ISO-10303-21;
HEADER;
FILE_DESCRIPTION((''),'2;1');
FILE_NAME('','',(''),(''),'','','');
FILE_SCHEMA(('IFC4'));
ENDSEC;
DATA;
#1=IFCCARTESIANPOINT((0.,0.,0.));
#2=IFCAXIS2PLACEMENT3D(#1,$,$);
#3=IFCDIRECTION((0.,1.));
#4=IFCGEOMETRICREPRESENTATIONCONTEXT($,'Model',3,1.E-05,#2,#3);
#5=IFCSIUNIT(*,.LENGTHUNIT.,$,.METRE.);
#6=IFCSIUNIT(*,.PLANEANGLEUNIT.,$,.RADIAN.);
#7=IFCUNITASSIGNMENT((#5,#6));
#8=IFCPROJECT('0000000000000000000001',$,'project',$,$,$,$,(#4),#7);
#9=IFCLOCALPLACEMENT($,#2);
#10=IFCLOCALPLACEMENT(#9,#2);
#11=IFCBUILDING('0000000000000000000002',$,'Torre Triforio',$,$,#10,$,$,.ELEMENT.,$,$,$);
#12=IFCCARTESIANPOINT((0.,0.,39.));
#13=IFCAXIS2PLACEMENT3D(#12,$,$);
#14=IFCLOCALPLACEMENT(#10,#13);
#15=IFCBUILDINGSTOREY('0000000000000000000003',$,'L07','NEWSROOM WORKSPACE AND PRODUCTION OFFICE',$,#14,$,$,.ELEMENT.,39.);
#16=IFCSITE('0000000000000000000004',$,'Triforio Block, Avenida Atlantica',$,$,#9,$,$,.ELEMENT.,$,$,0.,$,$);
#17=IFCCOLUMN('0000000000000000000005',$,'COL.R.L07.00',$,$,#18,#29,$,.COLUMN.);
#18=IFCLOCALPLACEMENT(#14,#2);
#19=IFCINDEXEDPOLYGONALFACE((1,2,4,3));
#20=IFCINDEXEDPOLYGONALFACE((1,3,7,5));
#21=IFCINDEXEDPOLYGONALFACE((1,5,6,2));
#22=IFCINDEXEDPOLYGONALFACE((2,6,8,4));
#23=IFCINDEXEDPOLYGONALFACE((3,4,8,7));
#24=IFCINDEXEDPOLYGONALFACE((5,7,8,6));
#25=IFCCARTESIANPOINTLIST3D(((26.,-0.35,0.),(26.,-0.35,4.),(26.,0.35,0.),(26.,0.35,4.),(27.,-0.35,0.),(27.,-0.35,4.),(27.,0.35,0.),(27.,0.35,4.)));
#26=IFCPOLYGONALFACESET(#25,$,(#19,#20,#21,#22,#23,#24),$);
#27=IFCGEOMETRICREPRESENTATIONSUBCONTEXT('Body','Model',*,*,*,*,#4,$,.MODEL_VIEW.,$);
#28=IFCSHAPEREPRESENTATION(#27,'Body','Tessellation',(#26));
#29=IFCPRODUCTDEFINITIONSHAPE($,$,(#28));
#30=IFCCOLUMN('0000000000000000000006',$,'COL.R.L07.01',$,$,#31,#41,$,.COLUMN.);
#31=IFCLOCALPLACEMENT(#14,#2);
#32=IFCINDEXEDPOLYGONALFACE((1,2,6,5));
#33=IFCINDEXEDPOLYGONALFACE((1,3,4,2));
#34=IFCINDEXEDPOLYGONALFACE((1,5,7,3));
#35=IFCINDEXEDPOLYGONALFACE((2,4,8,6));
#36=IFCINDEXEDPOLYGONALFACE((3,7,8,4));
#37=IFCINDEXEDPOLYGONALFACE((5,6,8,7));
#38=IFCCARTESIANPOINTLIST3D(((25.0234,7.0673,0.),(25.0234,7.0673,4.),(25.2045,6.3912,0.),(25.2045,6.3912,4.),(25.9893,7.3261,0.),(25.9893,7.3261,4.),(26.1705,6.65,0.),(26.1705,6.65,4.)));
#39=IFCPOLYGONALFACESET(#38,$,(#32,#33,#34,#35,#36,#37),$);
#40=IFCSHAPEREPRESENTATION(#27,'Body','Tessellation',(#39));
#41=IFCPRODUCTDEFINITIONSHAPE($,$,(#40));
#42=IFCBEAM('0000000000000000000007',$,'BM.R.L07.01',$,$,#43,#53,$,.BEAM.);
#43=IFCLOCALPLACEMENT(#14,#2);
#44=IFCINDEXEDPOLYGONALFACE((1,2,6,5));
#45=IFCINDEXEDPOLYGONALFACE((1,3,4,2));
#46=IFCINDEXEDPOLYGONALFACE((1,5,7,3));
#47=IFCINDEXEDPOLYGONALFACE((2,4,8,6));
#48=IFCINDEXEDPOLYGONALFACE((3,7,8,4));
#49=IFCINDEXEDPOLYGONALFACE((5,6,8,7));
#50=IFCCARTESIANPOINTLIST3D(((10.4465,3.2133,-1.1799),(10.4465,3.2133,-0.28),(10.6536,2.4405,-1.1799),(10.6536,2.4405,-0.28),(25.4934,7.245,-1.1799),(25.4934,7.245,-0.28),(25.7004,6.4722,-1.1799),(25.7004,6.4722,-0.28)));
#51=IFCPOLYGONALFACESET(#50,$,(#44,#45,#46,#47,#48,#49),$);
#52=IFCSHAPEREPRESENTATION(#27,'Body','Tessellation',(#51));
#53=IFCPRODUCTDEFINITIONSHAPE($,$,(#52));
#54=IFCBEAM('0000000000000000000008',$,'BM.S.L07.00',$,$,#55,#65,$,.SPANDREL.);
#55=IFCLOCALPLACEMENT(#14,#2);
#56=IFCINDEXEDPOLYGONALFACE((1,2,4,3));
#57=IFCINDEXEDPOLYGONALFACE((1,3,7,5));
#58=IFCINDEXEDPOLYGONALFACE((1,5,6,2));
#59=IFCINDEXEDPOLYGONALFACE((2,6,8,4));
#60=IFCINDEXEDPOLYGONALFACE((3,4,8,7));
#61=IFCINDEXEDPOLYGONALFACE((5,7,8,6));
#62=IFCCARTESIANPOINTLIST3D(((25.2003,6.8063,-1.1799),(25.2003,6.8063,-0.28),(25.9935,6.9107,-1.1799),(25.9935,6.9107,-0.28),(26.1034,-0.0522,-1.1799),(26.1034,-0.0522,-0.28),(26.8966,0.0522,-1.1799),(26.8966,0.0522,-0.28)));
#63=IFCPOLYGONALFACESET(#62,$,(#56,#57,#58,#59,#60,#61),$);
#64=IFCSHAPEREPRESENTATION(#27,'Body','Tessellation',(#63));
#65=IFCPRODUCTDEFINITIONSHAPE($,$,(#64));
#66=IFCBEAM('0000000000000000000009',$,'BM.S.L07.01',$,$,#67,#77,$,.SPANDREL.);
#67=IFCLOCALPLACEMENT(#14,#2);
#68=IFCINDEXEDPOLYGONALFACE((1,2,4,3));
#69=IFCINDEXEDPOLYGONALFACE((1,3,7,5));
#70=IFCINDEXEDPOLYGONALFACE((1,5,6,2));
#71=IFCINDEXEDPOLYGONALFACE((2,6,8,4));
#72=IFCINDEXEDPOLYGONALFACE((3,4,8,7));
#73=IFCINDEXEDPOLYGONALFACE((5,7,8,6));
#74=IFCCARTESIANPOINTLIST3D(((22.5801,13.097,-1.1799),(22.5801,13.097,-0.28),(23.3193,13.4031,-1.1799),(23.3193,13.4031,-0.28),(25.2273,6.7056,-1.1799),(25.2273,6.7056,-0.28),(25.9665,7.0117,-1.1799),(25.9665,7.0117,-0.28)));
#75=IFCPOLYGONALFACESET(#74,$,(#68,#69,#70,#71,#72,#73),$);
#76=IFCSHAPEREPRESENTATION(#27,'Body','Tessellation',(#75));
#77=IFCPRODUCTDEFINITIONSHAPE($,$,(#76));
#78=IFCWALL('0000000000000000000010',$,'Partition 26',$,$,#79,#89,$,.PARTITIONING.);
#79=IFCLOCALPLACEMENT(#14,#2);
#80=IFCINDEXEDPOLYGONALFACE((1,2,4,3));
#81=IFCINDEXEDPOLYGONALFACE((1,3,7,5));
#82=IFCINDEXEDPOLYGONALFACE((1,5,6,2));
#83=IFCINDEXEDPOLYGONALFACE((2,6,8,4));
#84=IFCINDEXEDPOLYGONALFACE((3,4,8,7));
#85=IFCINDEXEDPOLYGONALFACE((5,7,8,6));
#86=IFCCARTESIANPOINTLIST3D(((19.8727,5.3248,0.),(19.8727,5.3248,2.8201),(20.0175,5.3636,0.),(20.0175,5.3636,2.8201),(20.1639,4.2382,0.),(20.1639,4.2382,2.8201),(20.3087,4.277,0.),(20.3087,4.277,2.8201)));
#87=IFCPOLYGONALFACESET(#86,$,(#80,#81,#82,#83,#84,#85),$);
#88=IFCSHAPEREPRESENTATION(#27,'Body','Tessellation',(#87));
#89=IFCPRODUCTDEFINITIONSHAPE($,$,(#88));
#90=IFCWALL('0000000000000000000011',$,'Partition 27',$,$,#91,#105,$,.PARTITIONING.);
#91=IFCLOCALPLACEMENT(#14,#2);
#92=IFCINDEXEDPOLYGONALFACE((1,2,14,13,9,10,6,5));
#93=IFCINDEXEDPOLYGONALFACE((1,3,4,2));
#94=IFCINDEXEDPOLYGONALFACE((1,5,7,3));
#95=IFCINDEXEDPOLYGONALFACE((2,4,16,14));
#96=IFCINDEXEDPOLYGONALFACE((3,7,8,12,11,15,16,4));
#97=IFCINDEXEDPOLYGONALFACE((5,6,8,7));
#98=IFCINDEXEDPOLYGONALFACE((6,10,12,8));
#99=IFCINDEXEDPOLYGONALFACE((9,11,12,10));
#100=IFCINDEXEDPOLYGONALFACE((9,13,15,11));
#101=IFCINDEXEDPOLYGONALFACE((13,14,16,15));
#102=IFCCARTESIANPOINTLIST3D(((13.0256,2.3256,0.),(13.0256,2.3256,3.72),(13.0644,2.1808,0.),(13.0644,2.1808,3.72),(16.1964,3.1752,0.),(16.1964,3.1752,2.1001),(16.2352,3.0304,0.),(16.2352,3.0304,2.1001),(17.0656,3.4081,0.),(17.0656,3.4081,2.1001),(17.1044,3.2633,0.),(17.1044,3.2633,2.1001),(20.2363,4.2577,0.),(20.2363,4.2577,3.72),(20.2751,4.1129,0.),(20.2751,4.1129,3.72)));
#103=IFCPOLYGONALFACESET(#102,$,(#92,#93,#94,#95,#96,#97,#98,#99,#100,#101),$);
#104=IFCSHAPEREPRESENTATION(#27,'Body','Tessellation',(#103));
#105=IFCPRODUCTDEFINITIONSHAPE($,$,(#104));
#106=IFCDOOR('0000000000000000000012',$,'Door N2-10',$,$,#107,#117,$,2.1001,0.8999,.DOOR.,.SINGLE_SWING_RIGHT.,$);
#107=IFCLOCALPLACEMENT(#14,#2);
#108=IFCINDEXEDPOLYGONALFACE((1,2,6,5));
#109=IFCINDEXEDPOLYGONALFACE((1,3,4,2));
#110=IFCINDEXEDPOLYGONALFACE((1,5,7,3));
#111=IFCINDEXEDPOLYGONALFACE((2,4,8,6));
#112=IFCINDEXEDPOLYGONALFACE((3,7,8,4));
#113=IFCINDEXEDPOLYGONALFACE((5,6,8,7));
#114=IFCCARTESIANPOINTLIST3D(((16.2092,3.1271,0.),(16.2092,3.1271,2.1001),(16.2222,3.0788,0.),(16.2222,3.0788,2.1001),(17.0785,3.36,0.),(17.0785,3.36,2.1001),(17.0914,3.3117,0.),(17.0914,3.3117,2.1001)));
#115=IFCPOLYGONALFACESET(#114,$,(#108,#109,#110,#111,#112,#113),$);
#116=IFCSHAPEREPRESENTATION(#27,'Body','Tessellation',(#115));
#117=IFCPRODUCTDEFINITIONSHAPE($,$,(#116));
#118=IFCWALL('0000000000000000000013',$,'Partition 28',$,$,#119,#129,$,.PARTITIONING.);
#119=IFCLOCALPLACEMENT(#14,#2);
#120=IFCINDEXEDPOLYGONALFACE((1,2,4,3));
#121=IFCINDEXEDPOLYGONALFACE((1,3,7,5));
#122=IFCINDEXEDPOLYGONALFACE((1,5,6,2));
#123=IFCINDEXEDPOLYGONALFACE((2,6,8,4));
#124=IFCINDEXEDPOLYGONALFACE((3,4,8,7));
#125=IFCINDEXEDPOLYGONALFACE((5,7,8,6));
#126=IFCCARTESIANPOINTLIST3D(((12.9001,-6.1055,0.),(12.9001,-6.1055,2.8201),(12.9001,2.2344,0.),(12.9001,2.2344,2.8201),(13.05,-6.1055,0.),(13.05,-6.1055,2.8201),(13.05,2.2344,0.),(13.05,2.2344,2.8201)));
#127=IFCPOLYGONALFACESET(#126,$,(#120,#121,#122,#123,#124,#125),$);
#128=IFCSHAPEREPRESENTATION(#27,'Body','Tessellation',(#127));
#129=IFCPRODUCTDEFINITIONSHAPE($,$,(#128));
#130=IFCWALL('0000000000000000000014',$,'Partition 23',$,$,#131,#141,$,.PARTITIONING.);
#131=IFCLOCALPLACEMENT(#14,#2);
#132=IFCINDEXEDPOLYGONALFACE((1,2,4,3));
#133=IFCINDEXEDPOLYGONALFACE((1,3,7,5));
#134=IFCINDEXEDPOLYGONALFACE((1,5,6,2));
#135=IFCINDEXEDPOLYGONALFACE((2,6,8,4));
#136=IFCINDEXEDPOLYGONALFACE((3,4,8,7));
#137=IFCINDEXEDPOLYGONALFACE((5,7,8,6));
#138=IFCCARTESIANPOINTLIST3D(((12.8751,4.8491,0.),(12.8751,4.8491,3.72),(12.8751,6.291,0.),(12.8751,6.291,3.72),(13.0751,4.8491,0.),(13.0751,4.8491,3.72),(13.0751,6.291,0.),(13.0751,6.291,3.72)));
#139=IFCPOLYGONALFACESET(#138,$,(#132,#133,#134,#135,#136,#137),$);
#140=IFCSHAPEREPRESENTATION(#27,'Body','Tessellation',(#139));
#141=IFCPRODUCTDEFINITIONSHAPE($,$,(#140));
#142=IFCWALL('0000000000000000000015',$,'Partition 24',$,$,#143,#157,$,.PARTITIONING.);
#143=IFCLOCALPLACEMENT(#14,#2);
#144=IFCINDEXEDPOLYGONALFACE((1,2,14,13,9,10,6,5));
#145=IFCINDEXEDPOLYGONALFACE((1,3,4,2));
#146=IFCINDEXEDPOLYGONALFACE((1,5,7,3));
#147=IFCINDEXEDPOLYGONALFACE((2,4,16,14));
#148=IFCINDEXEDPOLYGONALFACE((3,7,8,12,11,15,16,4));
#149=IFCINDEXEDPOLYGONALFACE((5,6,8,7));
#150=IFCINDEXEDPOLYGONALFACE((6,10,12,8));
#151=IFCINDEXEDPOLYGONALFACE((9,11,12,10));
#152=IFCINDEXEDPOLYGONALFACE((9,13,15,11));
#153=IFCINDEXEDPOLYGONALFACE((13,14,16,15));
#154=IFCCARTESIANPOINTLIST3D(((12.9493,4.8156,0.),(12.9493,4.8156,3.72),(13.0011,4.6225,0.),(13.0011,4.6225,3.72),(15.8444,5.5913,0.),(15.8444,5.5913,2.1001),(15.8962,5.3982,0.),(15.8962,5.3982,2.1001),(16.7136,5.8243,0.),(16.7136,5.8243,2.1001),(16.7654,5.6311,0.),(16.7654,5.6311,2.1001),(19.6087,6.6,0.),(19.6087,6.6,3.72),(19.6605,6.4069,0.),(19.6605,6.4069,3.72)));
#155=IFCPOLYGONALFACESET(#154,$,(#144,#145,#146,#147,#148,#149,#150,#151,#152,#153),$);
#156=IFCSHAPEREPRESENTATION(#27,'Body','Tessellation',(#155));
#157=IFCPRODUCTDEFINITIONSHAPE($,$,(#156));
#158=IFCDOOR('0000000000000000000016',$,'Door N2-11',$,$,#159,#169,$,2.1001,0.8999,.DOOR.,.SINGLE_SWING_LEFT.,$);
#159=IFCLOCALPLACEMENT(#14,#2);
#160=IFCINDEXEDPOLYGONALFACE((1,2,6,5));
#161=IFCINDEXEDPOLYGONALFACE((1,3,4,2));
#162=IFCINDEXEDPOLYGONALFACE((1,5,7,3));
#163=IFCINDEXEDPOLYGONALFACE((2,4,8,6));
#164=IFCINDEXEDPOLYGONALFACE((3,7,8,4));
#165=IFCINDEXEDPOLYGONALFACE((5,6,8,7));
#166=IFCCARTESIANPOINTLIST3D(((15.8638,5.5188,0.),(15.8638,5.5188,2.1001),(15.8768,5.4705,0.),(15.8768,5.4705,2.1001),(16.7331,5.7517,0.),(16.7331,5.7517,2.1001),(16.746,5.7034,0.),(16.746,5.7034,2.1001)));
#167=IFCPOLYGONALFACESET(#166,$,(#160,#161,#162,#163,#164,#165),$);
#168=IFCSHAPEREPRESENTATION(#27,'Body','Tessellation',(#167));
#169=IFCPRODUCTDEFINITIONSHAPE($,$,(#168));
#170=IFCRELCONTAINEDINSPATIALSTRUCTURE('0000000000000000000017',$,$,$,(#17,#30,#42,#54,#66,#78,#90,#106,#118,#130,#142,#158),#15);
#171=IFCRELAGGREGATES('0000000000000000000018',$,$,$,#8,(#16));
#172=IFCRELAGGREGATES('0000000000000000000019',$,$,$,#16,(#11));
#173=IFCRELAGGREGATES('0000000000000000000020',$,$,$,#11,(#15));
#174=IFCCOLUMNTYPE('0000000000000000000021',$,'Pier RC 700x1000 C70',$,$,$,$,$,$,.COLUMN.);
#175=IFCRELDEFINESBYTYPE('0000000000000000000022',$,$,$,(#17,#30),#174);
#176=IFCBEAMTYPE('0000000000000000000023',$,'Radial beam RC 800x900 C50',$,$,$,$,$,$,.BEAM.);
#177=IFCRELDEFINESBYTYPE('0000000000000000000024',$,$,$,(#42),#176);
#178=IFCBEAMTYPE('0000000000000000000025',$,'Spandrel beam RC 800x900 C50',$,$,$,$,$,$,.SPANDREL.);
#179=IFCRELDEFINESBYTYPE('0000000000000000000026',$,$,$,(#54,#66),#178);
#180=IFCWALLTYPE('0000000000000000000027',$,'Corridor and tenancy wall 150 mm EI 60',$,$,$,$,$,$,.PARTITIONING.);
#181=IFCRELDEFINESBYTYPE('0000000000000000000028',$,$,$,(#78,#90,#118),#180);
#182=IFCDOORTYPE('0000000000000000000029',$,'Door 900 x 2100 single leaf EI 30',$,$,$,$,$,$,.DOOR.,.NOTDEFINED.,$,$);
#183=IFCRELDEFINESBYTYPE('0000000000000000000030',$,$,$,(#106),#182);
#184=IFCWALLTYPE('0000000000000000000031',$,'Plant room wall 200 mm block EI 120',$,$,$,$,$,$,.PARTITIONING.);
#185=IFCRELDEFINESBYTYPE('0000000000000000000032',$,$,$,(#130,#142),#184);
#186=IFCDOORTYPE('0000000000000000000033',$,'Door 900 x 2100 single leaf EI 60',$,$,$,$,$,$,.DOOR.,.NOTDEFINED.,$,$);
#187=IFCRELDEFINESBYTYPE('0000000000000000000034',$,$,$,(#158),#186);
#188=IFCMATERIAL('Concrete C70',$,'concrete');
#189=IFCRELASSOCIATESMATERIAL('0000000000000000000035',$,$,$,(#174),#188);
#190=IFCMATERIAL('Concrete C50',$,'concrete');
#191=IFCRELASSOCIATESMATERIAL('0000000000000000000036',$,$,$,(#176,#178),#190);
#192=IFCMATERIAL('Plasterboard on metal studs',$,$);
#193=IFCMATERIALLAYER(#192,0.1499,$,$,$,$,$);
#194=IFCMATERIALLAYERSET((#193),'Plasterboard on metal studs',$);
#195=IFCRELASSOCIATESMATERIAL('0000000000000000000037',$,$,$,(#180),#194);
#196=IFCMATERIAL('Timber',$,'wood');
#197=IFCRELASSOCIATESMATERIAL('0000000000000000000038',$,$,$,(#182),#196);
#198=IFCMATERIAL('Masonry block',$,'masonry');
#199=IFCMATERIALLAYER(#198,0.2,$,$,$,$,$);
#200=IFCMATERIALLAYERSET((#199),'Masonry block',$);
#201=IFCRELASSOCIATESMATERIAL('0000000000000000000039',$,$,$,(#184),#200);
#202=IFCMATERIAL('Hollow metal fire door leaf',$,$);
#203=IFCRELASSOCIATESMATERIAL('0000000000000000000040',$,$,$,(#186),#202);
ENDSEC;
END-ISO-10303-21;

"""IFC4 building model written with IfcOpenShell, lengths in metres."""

from ifc_helpers import new_model, si_unit, direction, frame, frame_2d, origin, origin_2d, place, context, subcontext, project, spatial, rectangle, extrude, material, layer, layer_set, material_profile, profile_set, type_object, element, fill, save


model = new_model("IFC4")

# Units and contexts
model_context = context("Model", 3, precision=1e-05, world=origin(), true_north=direction((0.0, 1.0)))
body_context = subcontext(model_context, "Body", "Model", "MODEL_VIEW")
ifc_project = project(units=[si_unit("LENGTHUNIT", "METRE"), si_unit("PLANEANGLEUNIT", "RADIAN")], contexts=[model_context])

# Site, building, storey
site_placement = place(None, origin())
site = spatial("IfcSite", under=ifc_project, at=site_placement, Name="Triforio Block, Avenida Atlantica", CompositionType="ELEMENT", RefElevation=0.0)
building_placement = place(site_placement, origin())
building = spatial("IfcBuilding", under=site, at=building_placement, Name="Torre Triforio", CompositionType="ELEMENT")
storey_placement = place(building_placement, frame((0.0, 0.0, 39.0)))
storey = spatial("IfcBuildingStorey", under=building, at=storey_placement, Name="L07", Description="NEWSROOM WORKSPACE AND PRODUCTION OFFICE", CompositionType="ELEMENT", Elevation=39.0)

# Columns
ifc_material_1 = material(Name="Concrete C70", Category="concrete")
ifc_material_profile_1 = material_profile(ifc_material_1, rectangle(XDim=0.7, YDim=1.0, at=origin_2d()), Name="RC 700x1000")
ifc_profile_set_1 = profile_set([ifc_material_profile_1], Name="Concrete C70")
column_type = type_object("IfcColumnType", Name="Pier RC 700x1000 C70", PredefinedType="COLUMN", material=ifc_profile_set_1)
for number, where, z_axis, x_axis, name in (
    (1, (26.5, 0.0, 0.0), (0.0, 0.0, 1.0), (0.0, 1.0, 0.0), "COL.R.L07.00"),
    (2, (25.5969, 6.8586, 0.0), (0.0, 0.0, 1.0), (-0.258819, 0.965926, 0.0), "COL.R.L07.01"),
):
    element("IfcColumn", number, at=place(storey_placement, frame(where, z_axis=z_axis, x_axis=x_axis)), inside=storey, type_object=column_type, Name=name, PredefinedType="COLUMN", context=body_context, shape_type="SweptSolid", body=[
        extrude(rectangle(XDim=0.7, YDim=1.0, at=origin_2d()), origin(), (0.0, 0.0, 1.0), 4.0),
    ])

# Beams
ifc_material_2 = material(Name="Concrete C50", Category="concrete")
ifc_material_profile_2 = material_profile(ifc_material_2, rectangle(XDim=0.8, YDim=0.8999, at=origin_2d()), Name="RC 800x900")
ifc_profile_set_2 = profile_set([ifc_material_profile_2], Name="Concrete C50")
beam_type_1 = type_object("IfcBeamType", Name="Radial beam RC 800x900 C50", PredefinedType="BEAM", material=ifc_profile_set_2)
beam_1_placement = place(storey_placement, frame((10.55, 2.8269, -0.73), z_axis=(0.965927, 0.258815, 0.0), x_axis=(-0.258815, 0.965927, 0.0)))
element("IfcBeam", 3, at=beam_1_placement, inside=storey, type_object=beam_type_1, Name="BM.R.L07.01", PredefinedType="BEAM", context=body_context, shape_type="SweptSolid", body=[
    extrude(rectangle(XDim=0.8, YDim=0.8999, at=origin_2d()), origin(), (0.0, 0.0, 1.0), 15.5776),
])
ifc_material_profile_3 = material_profile(ifc_material_2, rectangle(XDim=0.8, YDim=0.8999, at=origin_2d()), Name="RC 800x900")
ifc_profile_set_3 = profile_set([ifc_material_profile_3], Name="Concrete C50")
beam_type_2 = type_object("IfcBeamType", Name="Spandrel beam RC 800x900 C50", PredefinedType="SPANDREL", material=ifc_profile_set_3)
beam_2_placement = place(storey_placement, frame((26.5, 0.0, -0.73), z_axis=(-0.130543, 0.991443, 0.0), x_axis=(-0.991443, -0.130543, 0.0)))
element("IfcBeam", 4, at=beam_2_placement, inside=storey, type_object=beam_type_2, Name="BM.S.L07.00", PredefinedType="SPANDREL", context=body_context, shape_type="SweptSolid", body=[
    extrude(rectangle(XDim=0.8, YDim=0.8999, at=origin_2d()), origin(), (0.0, 0.0, 1.0), 6.9177),
])
beam_3_placement = place(storey_placement, frame((25.5969, 6.8586, -0.73), z_axis=(-0.382662, 0.923888, 0.0), x_axis=(-0.923888, -0.382662, 0.0)))
element("IfcBeam", 5, at=beam_3_placement, inside=storey, type_object=beam_type_2, Name="BM.S.L07.01", PredefinedType="SPANDREL", context=body_context, shape_type="SweptSolid", body=[
    extrude(rectangle(XDim=0.8, YDim=0.8999, at=origin_2d()), origin(), (0.0, 0.0, 1.0), 6.918),
])

# Wall
ifc_material_3 = material(Name="Plasterboard on metal studs")
ifc_layer_1 = layer(ifc_material_3, 0.1499)
ifc_layer_set_1 = layer_set([ifc_layer_1], Name="Plasterboard on metal studs")
wall_type_1 = type_object("IfcWallType", Name="Corridor and tenancy wall 150 mm EI 60", PredefinedType="PARTITIONING", material=ifc_layer_set_1)
wall_1_placement = place(storey_placement, frame((19.9451, 5.3442, 0.0), z_axis=(0.0, 0.0, 1.0), x_axis=(0.258892, -0.965906, 0.0)))
element("IfcWall", 6, at=wall_1_placement, inside=storey, type_object=wall_type_1, Name="Partition 26", PredefinedType="PARTITIONING", context=body_context, shape_type="SweptSolid", body=[
    extrude(rectangle(XDim=1.125, YDim=0.1499, at=frame_2d((0.5625, 0.0))), origin(), (0.0, 0.0, 1.0), 2.8201),
])

# Wall, opening, door
wall_2_placement = place(storey_placement, frame((20.2556, 4.1853, 0.0), z_axis=(0.0, 0.0, 1.0), x_axis=(-0.965925, -0.258823, 0.0)))
wall_2 = element("IfcWall", 7, at=wall_2_placement, inside=storey, type_object=wall_type_1, Name="Partition 27", PredefinedType="PARTITIONING", context=body_context, shape_type="SweptSolid", body=[
    extrude(rectangle(XDim=7.4651, YDim=0.1499, at=frame_2d((3.7324, 0.0))), origin(), (0.0, 0.0, 1.0), 3.72),
])
opening_1_placement = place(wall_2_placement, frame((3.2825, 0.0, 0.0)))
opening_1 = element("IfcOpeningElement", 8, at=opening_1_placement, cuts=wall_2, PredefinedType="OPENING", context=body_context, shape_type="SweptSolid", body=[
    extrude(rectangle(XDim=0.8999, YDim=2.1001, at=frame_2d((0.45, 1.05))), frame((0.0, 0.085, 0.0), z_axis=(0.0, -1.0, 0.0), x_axis=(1.0, 0.0, 0.0)), (0.0, 0.0, 1.0), 0.1699),
])
ifc_material_4 = material(Name="Timber", Category="wood")
door_type_1 = type_object("IfcDoorType", Name="Door 900 x 2100 single leaf EI 30", OperationType="NOTDEFINED", PredefinedType="DOOR", material=ifc_material_4)
door_1_placement = place(opening_1_placement, origin())
door_1 = element("IfcDoor", 9, at=door_1_placement, inside=storey, type_object=door_type_1, Name="Door N2-10", OperationType="SINGLE_SWING_RIGHT", OverallHeight=2.1001, OverallWidth=0.8999, PredefinedType="DOOR", context=body_context, shape_type="SweptSolid", body=[
    extrude(rectangle(XDim=0.8999, YDim=2.1001, at=frame_2d((0.45, 1.05))), frame((0.0, 0.0249, 0.0), z_axis=(0.0, -1.0, 0.0), x_axis=(1.0, 0.0, 0.0)), (0.0, 0.0, 1.0), 0.05),
])
fill(opening_1, door_1)

# Walls
wall_3_placement = place(storey_placement, frame((12.9751, 2.2344, 0.0), z_axis=(0.0, 0.0, 1.0), x_axis=(0.0, -1.0, 0.0)))
element("IfcWall", 10, at=wall_3_placement, inside=storey, type_object=wall_type_1, Name="Partition 28", PredefinedType="PARTITIONING", context=body_context, shape_type="SweptSolid", body=[
    extrude(rectangle(XDim=8.3398, YDim=0.1499, at=frame_2d((4.1699, 0.0))), origin(), (0.0, 0.0, 1.0), 2.8201),
])
ifc_material_5 = material(Name="Masonry block", Category="masonry")
ifc_layer_2 = layer(ifc_material_5, 0.2)
ifc_layer_set_2 = layer_set([ifc_layer_2], Name="Masonry block")
wall_type_2 = type_object("IfcWallType", Name="Plant room wall 200 mm block EI 120", PredefinedType="PARTITIONING", material=ifc_layer_set_2)
wall_4_placement = place(storey_placement, frame((12.9751, 6.291, 0.0), z_axis=(0.0, 0.0, 1.0), x_axis=(0.0, -1.0, 0.0)))
element("IfcWall", 11, at=wall_4_placement, inside=storey, type_object=wall_type_2, Name="Partition 23", PredefinedType="PARTITIONING", context=body_context, shape_type="SweptSolid", body=[
    extrude(rectangle(XDim=1.4419, YDim=0.2, at=frame_2d((0.7209, 0.0))), origin(), (0.0, 0.0, 1.0), 3.72),
])

# Wall, opening, door
wall_5_placement = place(storey_placement, frame((12.9751, 4.719, 0.0), z_axis=(0.0, 0.0, 1.0), x_axis=(0.965924, 0.258824, 0.0)))
wall_5 = element("IfcWall", 12, at=wall_5_placement, inside=storey, type_object=wall_type_2, Name="Partition 24", PredefinedType="PARTITIONING", context=body_context, shape_type="SweptSolid", body=[
    extrude(rectangle(XDim=6.8943, YDim=0.2, at=frame_2d((3.4473, 0.0))), origin(), (0.0, 0.0, 1.0), 3.72),
])
opening_2_placement = place(wall_5_placement, frame((2.9973, 0.0, 0.0)))
opening_2 = element("IfcOpeningElement", 13, at=opening_2_placement, cuts=wall_5, PredefinedType="OPENING", context=body_context, shape_type="SweptSolid", body=[
    extrude(rectangle(XDim=0.8999, YDim=2.1001, at=frame_2d((0.45, 1.05))), frame((0.0, 0.1099, 0.0), z_axis=(0.0, -1.0, 0.0), x_axis=(1.0, 0.0, 0.0)), (0.0, 0.0, 1.0), 0.22),
])
ifc_material_6 = material(Name="Hollow metal fire door leaf")
door_type_2 = type_object("IfcDoorType", Name="Door 900 x 2100 single leaf EI 60", OperationType="NOTDEFINED", PredefinedType="DOOR", material=ifc_material_6)
door_2_placement = place(opening_2_placement, origin())
door_2 = element("IfcDoor", 14, at=door_2_placement, inside=storey, type_object=door_type_2, Name="Door N2-11", OperationType="SINGLE_SWING_LEFT", OverallHeight=2.1001, OverallWidth=0.8999, PredefinedType="DOOR", context=body_context, shape_type="SweptSolid", body=[
    extrude(rectangle(XDim=0.8999, YDim=2.1001, at=frame_2d((0.45, 1.05))), frame((0.0, 0.0249, 0.0), z_axis=(0.0, -1.0, 0.0), x_axis=(1.0, 0.0, 0.0)), (0.0, 0.0, 1.0), 0.05),
])
fill(opening_2, door_2)

save(model, "model.ifc")
